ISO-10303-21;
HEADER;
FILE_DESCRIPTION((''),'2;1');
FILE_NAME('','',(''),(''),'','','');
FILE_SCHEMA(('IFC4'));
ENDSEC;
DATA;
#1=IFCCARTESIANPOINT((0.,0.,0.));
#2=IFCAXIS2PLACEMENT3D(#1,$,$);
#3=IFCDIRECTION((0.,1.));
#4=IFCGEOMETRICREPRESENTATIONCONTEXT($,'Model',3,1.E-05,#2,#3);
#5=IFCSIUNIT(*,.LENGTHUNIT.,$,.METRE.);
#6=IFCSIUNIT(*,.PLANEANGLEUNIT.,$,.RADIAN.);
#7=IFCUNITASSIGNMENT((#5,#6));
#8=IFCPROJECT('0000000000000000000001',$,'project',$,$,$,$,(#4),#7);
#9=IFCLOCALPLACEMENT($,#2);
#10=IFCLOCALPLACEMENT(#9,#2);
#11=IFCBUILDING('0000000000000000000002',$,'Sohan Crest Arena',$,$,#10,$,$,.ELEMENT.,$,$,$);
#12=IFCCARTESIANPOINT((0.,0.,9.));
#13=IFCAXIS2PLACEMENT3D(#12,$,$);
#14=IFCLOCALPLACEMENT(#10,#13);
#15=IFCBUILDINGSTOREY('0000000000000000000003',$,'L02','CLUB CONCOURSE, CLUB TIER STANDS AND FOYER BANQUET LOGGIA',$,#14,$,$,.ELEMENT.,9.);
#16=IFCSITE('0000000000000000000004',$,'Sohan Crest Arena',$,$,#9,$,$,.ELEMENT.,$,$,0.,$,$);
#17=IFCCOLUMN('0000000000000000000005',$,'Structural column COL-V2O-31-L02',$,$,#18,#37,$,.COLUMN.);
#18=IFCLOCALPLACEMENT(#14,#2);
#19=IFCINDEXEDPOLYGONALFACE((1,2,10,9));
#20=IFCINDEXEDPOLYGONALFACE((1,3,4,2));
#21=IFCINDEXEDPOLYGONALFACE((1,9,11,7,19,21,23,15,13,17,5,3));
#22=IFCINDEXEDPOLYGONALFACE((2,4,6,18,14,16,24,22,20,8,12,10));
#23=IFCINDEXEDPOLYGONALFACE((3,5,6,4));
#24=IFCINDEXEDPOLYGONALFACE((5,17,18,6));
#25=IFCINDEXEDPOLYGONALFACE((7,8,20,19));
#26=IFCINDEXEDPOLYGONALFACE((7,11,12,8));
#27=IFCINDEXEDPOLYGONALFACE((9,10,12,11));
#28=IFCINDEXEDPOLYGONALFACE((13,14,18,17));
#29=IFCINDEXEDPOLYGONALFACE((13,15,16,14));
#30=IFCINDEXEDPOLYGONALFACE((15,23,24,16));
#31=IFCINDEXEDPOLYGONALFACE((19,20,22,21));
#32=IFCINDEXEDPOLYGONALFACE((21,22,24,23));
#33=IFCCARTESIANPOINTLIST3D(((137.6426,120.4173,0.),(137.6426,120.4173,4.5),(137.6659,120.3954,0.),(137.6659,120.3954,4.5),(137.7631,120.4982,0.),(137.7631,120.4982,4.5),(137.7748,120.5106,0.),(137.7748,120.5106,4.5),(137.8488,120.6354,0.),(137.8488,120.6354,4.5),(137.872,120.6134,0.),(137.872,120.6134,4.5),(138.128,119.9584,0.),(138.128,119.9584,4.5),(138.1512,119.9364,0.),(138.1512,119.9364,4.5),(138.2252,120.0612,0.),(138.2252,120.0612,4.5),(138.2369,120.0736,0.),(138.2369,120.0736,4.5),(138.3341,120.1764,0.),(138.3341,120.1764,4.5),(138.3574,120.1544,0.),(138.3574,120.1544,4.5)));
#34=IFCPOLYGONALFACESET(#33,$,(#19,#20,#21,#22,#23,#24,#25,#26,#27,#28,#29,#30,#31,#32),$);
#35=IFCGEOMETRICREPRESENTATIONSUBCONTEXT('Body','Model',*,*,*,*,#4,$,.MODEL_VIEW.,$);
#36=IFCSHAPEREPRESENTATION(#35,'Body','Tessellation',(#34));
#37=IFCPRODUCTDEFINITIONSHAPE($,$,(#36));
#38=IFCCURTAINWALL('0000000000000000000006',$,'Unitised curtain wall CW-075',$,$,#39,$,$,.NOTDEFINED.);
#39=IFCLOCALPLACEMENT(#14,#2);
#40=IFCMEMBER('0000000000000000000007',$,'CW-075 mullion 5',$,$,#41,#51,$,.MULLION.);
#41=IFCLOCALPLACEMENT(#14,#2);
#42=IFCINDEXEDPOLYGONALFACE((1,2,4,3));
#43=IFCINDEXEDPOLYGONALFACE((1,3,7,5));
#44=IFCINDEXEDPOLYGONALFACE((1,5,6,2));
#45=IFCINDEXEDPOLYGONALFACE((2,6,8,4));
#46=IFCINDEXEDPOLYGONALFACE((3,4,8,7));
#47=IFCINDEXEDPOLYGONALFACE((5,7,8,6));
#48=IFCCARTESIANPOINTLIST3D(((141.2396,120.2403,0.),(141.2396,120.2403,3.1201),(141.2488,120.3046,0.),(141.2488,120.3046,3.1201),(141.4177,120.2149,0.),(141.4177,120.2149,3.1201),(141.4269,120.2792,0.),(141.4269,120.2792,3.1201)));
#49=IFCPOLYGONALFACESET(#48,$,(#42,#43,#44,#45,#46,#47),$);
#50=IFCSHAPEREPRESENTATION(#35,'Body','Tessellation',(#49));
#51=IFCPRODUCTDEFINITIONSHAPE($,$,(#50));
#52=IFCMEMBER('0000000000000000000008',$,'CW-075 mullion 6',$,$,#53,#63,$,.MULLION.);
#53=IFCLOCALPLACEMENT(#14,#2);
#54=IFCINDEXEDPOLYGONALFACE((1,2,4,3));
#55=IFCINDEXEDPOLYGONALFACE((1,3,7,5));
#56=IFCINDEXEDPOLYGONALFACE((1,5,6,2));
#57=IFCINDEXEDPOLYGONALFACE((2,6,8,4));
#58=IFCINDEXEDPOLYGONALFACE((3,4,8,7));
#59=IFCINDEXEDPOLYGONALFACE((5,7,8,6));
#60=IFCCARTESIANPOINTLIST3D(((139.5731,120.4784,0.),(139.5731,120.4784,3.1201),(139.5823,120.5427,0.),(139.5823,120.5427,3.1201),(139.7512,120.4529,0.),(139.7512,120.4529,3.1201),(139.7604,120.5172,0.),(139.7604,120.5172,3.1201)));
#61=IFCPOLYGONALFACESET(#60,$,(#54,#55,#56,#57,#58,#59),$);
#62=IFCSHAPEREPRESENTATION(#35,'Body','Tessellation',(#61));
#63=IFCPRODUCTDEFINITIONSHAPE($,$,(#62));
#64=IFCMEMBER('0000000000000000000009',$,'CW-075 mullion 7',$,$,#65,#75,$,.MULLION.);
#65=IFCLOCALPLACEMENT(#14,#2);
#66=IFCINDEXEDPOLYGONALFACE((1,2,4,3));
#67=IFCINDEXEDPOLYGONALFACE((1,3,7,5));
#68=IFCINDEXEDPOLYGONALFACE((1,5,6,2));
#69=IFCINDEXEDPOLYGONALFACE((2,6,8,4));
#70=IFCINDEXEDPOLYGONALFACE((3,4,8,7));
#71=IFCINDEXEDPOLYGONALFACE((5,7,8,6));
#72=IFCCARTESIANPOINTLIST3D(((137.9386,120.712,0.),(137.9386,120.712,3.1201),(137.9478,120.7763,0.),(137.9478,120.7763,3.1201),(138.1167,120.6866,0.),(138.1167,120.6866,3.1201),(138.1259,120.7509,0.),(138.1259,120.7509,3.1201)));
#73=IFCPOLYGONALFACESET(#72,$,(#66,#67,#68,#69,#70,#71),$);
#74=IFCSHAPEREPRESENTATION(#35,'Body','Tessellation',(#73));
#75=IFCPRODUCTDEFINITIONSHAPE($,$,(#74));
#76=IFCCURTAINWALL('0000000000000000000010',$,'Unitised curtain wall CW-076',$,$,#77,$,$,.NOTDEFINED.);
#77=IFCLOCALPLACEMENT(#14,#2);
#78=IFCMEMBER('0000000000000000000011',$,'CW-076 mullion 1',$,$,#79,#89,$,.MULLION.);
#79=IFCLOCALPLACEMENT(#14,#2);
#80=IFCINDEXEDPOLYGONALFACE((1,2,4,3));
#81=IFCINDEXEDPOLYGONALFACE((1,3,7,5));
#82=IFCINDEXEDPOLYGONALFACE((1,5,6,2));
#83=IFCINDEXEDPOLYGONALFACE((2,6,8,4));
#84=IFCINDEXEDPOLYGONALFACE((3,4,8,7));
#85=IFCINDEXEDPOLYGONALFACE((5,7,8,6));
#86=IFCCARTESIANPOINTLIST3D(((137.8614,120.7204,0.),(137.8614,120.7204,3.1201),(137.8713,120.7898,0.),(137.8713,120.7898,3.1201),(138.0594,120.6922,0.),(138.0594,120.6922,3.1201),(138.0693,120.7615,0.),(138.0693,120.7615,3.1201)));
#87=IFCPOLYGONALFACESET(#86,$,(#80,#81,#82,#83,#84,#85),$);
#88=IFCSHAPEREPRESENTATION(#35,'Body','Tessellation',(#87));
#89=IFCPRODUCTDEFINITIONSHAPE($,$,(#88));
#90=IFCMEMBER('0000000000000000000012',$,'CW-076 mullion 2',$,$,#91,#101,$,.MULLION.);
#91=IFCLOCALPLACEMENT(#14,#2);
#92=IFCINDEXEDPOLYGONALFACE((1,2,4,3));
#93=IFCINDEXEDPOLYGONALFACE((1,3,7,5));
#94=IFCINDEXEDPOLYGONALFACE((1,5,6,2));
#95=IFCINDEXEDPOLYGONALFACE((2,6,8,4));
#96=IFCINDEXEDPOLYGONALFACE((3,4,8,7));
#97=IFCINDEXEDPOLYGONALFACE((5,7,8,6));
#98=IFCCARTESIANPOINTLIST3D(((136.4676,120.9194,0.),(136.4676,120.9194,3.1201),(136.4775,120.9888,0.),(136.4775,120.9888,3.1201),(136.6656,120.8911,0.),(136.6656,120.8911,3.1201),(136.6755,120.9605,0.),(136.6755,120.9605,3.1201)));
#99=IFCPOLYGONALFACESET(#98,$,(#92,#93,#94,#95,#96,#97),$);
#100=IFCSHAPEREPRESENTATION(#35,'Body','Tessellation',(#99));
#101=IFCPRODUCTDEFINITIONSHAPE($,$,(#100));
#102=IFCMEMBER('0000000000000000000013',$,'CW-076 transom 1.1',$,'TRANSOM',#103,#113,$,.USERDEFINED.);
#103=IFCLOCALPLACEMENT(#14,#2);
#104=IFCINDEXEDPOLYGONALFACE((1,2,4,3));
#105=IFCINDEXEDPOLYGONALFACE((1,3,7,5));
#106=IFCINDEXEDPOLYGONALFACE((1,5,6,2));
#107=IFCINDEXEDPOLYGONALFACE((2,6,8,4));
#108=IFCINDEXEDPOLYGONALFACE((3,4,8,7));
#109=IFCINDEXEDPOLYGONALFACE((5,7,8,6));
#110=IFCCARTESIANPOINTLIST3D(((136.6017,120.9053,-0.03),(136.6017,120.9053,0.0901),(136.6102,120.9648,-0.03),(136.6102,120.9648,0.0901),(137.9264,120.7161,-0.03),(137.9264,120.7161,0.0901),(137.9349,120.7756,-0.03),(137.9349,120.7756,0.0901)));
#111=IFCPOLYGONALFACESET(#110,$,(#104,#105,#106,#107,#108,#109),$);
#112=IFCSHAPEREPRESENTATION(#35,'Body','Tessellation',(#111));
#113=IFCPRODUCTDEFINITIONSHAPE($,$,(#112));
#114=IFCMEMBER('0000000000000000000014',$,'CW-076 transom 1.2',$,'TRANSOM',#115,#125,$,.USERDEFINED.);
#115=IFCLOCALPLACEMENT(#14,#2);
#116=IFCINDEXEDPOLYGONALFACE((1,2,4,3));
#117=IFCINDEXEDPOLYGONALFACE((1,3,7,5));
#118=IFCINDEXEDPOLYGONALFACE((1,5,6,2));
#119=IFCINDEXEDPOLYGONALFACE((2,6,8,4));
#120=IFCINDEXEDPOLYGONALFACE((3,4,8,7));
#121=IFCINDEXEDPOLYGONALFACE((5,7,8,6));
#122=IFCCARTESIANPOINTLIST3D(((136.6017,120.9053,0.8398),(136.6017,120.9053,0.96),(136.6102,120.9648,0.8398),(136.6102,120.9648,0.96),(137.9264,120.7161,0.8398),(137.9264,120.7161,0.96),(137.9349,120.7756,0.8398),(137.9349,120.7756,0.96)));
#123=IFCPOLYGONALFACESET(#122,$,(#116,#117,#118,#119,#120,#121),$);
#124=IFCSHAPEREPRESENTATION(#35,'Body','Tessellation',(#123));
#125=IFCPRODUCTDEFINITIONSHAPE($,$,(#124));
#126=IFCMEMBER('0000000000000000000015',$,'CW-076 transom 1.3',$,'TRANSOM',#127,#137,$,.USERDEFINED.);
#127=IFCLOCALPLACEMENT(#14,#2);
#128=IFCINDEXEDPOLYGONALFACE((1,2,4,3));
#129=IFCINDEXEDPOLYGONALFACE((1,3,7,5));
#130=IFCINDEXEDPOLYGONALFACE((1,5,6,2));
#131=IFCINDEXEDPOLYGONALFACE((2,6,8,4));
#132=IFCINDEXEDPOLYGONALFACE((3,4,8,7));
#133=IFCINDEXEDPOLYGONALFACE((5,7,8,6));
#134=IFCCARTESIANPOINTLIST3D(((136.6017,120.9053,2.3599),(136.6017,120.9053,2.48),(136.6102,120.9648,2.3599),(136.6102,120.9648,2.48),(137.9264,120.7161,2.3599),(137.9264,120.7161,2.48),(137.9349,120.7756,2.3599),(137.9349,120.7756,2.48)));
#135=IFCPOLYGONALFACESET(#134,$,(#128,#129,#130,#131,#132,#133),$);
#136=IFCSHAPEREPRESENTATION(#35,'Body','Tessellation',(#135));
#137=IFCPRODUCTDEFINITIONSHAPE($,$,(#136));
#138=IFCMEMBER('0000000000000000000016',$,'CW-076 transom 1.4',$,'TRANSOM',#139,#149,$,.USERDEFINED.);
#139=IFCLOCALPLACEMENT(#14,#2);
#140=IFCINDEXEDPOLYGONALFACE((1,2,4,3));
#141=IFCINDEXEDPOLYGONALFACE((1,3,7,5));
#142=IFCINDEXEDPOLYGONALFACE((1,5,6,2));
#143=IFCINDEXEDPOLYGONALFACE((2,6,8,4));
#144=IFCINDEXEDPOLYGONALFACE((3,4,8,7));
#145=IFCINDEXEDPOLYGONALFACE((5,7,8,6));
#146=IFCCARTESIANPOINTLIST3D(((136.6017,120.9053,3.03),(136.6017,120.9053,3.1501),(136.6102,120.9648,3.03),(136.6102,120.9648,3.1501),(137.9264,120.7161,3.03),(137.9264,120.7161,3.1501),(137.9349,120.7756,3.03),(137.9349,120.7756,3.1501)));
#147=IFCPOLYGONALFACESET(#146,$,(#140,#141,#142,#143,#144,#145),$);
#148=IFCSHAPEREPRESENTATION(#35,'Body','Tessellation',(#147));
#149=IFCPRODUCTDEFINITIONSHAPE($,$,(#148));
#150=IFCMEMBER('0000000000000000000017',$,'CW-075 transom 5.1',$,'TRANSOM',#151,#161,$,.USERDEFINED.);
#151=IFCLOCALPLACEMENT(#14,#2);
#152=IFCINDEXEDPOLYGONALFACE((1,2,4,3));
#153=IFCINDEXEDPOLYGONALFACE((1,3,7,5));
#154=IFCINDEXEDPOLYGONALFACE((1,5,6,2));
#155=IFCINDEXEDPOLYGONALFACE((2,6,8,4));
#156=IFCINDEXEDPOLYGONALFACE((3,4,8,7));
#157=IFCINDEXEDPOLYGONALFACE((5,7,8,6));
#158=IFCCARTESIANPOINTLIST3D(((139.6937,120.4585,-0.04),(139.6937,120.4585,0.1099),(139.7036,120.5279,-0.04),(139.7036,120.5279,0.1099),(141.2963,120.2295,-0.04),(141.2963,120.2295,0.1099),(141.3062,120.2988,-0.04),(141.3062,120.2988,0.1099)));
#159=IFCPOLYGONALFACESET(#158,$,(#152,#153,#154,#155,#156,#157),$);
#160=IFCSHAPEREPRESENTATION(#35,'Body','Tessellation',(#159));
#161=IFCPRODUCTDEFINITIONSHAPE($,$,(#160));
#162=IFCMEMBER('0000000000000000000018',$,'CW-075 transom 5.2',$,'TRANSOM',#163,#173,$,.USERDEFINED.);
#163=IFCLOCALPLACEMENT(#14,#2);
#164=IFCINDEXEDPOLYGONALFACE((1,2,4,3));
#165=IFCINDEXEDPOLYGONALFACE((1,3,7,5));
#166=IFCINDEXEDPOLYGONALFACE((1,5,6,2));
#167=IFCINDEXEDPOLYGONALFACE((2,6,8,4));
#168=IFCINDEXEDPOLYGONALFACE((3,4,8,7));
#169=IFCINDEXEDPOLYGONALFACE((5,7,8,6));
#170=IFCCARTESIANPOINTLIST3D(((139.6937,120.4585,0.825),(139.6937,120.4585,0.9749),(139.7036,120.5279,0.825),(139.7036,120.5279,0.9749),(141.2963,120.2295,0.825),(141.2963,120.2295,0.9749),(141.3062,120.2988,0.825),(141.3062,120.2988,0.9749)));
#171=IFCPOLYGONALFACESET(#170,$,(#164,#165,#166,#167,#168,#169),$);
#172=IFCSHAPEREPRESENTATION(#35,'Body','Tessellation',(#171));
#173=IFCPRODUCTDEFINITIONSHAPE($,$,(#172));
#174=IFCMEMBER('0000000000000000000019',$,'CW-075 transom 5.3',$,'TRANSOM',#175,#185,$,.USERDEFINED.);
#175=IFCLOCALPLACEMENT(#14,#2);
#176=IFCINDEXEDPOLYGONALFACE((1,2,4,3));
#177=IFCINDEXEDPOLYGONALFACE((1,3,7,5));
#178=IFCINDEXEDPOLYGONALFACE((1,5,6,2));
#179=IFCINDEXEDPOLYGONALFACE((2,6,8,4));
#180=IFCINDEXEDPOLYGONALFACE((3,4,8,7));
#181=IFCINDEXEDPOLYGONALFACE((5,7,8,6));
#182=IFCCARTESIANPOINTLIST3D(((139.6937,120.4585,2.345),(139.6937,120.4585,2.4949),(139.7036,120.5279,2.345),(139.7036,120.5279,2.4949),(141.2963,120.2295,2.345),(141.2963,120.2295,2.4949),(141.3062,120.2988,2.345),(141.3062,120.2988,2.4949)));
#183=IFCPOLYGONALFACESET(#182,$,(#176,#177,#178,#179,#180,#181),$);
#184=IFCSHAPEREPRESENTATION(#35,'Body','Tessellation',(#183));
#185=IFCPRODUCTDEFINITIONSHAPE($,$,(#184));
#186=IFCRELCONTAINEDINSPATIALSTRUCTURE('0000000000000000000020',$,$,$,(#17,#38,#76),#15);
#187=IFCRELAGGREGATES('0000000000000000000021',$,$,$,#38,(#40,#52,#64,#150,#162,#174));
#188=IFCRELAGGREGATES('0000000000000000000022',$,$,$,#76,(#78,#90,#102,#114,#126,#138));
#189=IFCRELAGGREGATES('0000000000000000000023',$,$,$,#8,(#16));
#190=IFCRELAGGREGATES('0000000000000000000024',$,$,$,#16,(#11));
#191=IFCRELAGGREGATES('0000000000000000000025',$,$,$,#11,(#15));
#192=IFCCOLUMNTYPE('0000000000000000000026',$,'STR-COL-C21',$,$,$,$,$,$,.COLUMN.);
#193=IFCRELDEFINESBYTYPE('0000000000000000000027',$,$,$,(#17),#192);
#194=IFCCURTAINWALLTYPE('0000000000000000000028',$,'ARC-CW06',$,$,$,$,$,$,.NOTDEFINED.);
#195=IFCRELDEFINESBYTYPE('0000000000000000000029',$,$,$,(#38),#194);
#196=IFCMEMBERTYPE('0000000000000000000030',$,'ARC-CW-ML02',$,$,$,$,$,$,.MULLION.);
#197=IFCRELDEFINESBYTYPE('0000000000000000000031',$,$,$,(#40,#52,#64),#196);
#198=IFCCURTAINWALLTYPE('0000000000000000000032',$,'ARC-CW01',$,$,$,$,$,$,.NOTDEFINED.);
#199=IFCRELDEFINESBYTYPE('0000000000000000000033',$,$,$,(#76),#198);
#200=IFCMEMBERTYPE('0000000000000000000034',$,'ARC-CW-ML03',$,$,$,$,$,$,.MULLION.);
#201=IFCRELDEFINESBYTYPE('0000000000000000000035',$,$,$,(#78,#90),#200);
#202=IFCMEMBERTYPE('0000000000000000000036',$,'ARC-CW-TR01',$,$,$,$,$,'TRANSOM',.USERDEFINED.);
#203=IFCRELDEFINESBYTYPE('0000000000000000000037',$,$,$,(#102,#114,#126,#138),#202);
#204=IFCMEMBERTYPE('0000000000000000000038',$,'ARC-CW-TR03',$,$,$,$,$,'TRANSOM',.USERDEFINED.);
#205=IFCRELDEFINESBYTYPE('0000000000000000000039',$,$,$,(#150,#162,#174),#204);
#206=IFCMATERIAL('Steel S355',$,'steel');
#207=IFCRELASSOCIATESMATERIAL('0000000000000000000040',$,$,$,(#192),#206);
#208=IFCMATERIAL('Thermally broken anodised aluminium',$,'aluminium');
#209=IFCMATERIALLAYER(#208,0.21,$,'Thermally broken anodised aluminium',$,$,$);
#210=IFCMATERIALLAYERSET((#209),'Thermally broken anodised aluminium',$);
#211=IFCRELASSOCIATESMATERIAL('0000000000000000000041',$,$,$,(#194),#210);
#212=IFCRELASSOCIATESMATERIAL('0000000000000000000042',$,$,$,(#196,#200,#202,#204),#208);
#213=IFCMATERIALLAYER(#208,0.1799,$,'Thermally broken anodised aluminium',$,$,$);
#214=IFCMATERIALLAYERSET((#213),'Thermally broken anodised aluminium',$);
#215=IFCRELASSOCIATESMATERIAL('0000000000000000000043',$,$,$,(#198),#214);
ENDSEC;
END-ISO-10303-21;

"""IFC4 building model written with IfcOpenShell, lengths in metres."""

from ifc_helpers import new_model, si_unit, direction, frame, origin, origin_2d, place, context, subcontext, project, spatial, rectangle, i_section, extrude, material, layer, layer_set, material_profile, profile_set, type_object, element, aggregate, save


model = new_model("IFC4")

# Units and contexts
model_context = context("Model", 3, precision=1e-05, world=origin(), true_north=direction((0.0, 1.0)))
body_context = subcontext(model_context, "Body", "Model", "MODEL_VIEW")
ifc_project = project(units=[si_unit("LENGTHUNIT", "METRE"), si_unit("PLANEANGLEUNIT", "RADIAN")], contexts=[model_context])

# Site, building, storey
site_placement = place(None, origin())
site = spatial("IfcSite", under=ifc_project, at=site_placement, Name="Sohan Crest Arena", CompositionType="ELEMENT", RefElevation=0.0)
building_placement = place(site_placement, origin())
building = spatial("IfcBuilding", under=site, at=building_placement, Name="Sohan Crest Arena", CompositionType="ELEMENT")
storey_placement = place(building_placement, frame((0.0, 0.0, 9.0)))
storey = spatial("IfcBuildingStorey", under=building, at=storey_placement, Name="L02", Description="CLUB CONCOURSE, CLUB TIER STANDS AND FOYER BANQUET LOGGIA", CompositionType="ELEMENT", Elevation=9.0)

# Column
ifc_material_1 = material(Name="Steel S355", Category="steel")
ifc_material_profile_1 = material_profile(ifc_material_1, i_section(OverallWidth=0.3, OverallDepth=0.7, WebThickness=0.0171, FlangeThickness=0.032, at=origin_2d()), Name="HEB 700")
ifc_profile_set_1 = profile_set([ifc_material_profile_1], Name="Steel S355")
column_type = type_object("IfcColumnType", Name="STR-COL-C21", PredefinedType="COLUMN", material=ifc_profile_set_1)
column_placement = place(storey_placement, frame((138.0, 120.2859, 0.0), z_axis=(0.0, 0.0, 1.0), x_axis=(0.687088, 0.726575, 0.0)))
element("IfcColumn", 1, at=column_placement, inside=storey, type_object=column_type, Name="Structural column COL-V2O-31-L02", PredefinedType="COLUMN", context=body_context, shape_type="SweptSolid", body=[
    extrude(i_section(OverallWidth=0.3, OverallDepth=0.7, WebThickness=0.0171, FlangeThickness=0.032, at=origin_2d()), origin(), (0.0, 0.0, 1.0), 4.5),
])

# Curtain walls, members
ifc_material_2 = material(Name="Thermally broken anodised aluminium", Category="aluminium")
ifc_layer_1 = layer(ifc_material_2, 0.21, Name="Thermally broken anodised aluminium")
ifc_layer_set_1 = layer_set([ifc_layer_1], Name="Thermally broken anodised aluminium")
curtain_wall_type_1 = type_object("IfcCurtainWallType", Name="ARC-CW06", PredefinedType="NOTDEFINED", material=ifc_layer_set_1)
curtain_wall_1_placement = place(storey_placement, origin())
curtain_wall_1 = element("IfcCurtainWall", 2, at=curtain_wall_1_placement, inside=storey, type_object=curtain_wall_type_1, Name="Unitised curtain wall CW-075", PredefinedType="NOTDEFINED")
ifc_material_profile_2 = material_profile(ifc_material_2, rectangle(XDim=0.0649, YDim=0.1799, at=origin_2d()), Name="ALU-MULL 65x180")
ifc_profile_set_2 = profile_set([ifc_material_profile_2], Name="Thermally broken anodised aluminium")
member_type_1 = type_object("IfcMemberType", Name="ARC-CW-ML02", PredefinedType="MULLION", material=ifc_profile_set_2)
member_1_placement = place(storey_placement, frame((141.3333, 120.2598, 0.0), z_axis=(0.0, 0.0, 1.0), x_axis=(-0.141463, -0.989944, 0.0)))
member_1 = element("IfcMember", 3, at=member_1_placement, type_object=member_type_1, Name="CW-075 mullion 5", PredefinedType="MULLION", context=body_context, shape_type="SweptSolid", body=[
    extrude(rectangle(XDim=0.0649, YDim=0.1799, at=origin_2d()), origin(), (0.0, 0.0, 1.0), 3.1201),
])
member_2_placement = place(storey_placement, frame((139.6667, 120.4978, 0.0), z_axis=(0.0, 0.0, 1.0), x_axis=(-0.141463, -0.989944, 0.0)))
member_2 = element("IfcMember", 4, at=member_2_placement, type_object=member_type_1, Name="CW-075 mullion 6", PredefinedType="MULLION", context=body_context, shape_type="SweptSolid", body=[
    extrude(rectangle(XDim=0.0649, YDim=0.1799, at=origin_2d()), origin(), (0.0, 0.0, 1.0), 3.1201),
])
member_3_placement = place(storey_placement, frame((138.0322, 120.7314, 0.0), z_axis=(0.0, 0.0, 1.0), x_axis=(-0.141463, -0.989944, 0.0)))
member_3 = element("IfcMember", 5, at=member_3_placement, type_object=member_type_1, Name="CW-075 mullion 7", PredefinedType="MULLION", context=body_context, shape_type="SweptSolid", body=[
    extrude(rectangle(XDim=0.0649, YDim=0.1799, at=origin_2d()), origin(), (0.0, 0.0, 1.0), 3.1201),
])
ifc_layer_2 = layer(ifc_material_2, 0.1799, Name="Thermally broken anodised aluminium")
ifc_layer_set_2 = layer_set([ifc_layer_2], Name="Thermally broken anodised aluminium")
curtain_wall_type_2 = type_object("IfcCurtainWallType", Name="ARC-CW01", PredefinedType="NOTDEFINED", material=ifc_layer_set_2)
curtain_wall_2_placement = place(storey_placement, origin())
curtain_wall_2 = element("IfcCurtainWall", 6, at=curtain_wall_2_placement, inside=storey, type_object=curtain_wall_type_2, Name="Unitised curtain wall CW-076", PredefinedType="NOTDEFINED")
ifc_material_profile_3 = material_profile(ifc_material_2, rectangle(XDim=0.0701, YDim=0.2, at=origin_2d()), Name="ALU-MULL 70x200")
ifc_profile_set_3 = profile_set([ifc_material_profile_3], Name="Thermally broken anodised aluminium")
member_type_2 = type_object("IfcMemberType", Name="ARC-CW-ML03", PredefinedType="MULLION", material=ifc_profile_set_3)
member_4_placement = place(storey_placement, frame((137.9653, 120.741, 0.0), z_axis=(0.0, 0.0, 1.0), x_axis=(-0.141366, -0.989957, 0.0)))
member_4 = element("IfcMember", 7, at=member_4_placement, type_object=member_type_2, Name="CW-076 mullion 1", PredefinedType="MULLION", context=body_context, shape_type="SweptSolid", body=[
    extrude(rectangle(XDim=0.0701, YDim=0.2, at=origin_2d()), origin(), (0.0, 0.0, 1.0), 3.1201),
])
member_5_placement = place(storey_placement, frame((136.5715, 120.9399, 0.0), z_axis=(0.0, 0.0, 1.0), x_axis=(-0.141366, -0.989957, 0.0)))
member_5 = element("IfcMember", 8, at=member_5_placement, type_object=member_type_2, Name="CW-076 mullion 2", PredefinedType="MULLION", context=body_context, shape_type="SweptSolid", body=[
    extrude(rectangle(XDim=0.0701, YDim=0.2, at=origin_2d()), origin(), (0.0, 0.0, 1.0), 3.1201),
])
ifc_material_profile_4 = material_profile(ifc_material_2, rectangle(XDim=0.0601, YDim=0.1201, at=origin_2d()), Name="ALU-TRAN 60x120")
ifc_profile_set_4 = profile_set([ifc_material_profile_4], Name="Thermally broken anodised aluminium")
member_type_3 = type_object("IfcMemberType", Name="ARC-CW-TR01", ElementType="TRANSOM", PredefinedType="USERDEFINED", material=ifc_profile_set_4)
member_6_placement = place(storey_placement, frame((137.9307, 120.7458, 0.03), z_axis=(-0.989953, 0.141396, 0.0), x_axis=(-0.141396, -0.989953, 0.0)))
member_6 = element("IfcMember", 9, at=member_6_placement, type_object=member_type_3, Name="CW-076 transom 1.1", ObjectType="TRANSOM", PredefinedType="USERDEFINED", context=body_context, shape_type="SweptSolid", body=[
    extrude(rectangle(XDim=0.0601, YDim=0.1201, at=origin_2d()), origin(), (0.0, 0.0, 1.0), 1.3381),
])
member_7_placement = place(storey_placement, frame((137.9307, 120.7458, 0.8999), z_axis=(-0.989953, 0.141396, 0.0), x_axis=(-0.141396, -0.989953, 0.0)))
member_7 = element("IfcMember", 10, at=member_7_placement, type_object=member_type_3, Name="CW-076 transom 1.2", ObjectType="TRANSOM", PredefinedType="USERDEFINED", context=body_context, shape_type="SweptSolid", body=[
    extrude(rectangle(XDim=0.0601, YDim=0.1201, at=origin_2d()), origin(), (0.0, 0.0, 1.0), 1.3381),
])
member_8_placement = place(storey_placement, frame((137.9307, 120.7458, 2.4199), z_axis=(-0.989953, 0.141396, 0.0), x_axis=(-0.141396, -0.989953, 0.0)))
member_8 = element("IfcMember", 11, at=member_8_placement, type_object=member_type_3, Name="CW-076 transom 1.3", ObjectType="TRANSOM", PredefinedType="USERDEFINED", context=body_context, shape_type="SweptSolid", body=[
    extrude(rectangle(XDim=0.0601, YDim=0.1201, at=origin_2d()), origin(), (0.0, 0.0, 1.0), 1.3381),
])
member_9_placement = place(storey_placement, frame((137.9307, 120.7458, 3.0901), z_axis=(-0.989953, 0.141396, 0.0), x_axis=(-0.141396, -0.989953, 0.0)))
member_9 = element("IfcMember", 12, at=member_9_placement, type_object=member_type_3, Name="CW-076 transom 1.4", ObjectType="TRANSOM", PredefinedType="USERDEFINED", context=body_context, shape_type="SweptSolid", body=[
    extrude(rectangle(XDim=0.0601, YDim=0.1201, at=origin_2d()), origin(), (0.0, 0.0, 1.0), 1.3381),
])

# Members
ifc_material_profile_5 = material_profile(ifc_material_2, rectangle(XDim=0.0701, YDim=0.1499, at=origin_2d()), Name="ALU-TRAN 70x150")
ifc_profile_set_5 = profile_set([ifc_material_profile_5], Name="Thermally broken anodised aluminium")
member_type_4 = type_object("IfcMemberType", Name="ARC-CW-TR03", ElementType="TRANSOM", PredefinedType="USERDEFINED", material=ifc_profile_set_5)
member_10_placement = place(storey_placement, frame((141.3013, 120.2642, 0.0349), z_axis=(-0.989943, 0.141464, 0.0), x_axis=(-0.141464, -0.989943, 0.0)))
member_10 = element("IfcMember", 13, at=member_10_placement, type_object=member_type_4, Name="CW-075 transom 5.1", ObjectType="TRANSOM", PredefinedType="USERDEFINED", context=body_context, shape_type="SweptSolid", body=[
    extrude(rectangle(XDim=0.0701, YDim=0.1499, at=origin_2d()), origin(), (0.0, 0.0, 1.0), 1.6189),
])
member_11_placement = place(storey_placement, frame((141.3013, 120.2642, 0.8999), z_axis=(-0.989943, 0.141464, 0.0), x_axis=(-0.141464, -0.989943, 0.0)))
member_11 = element("IfcMember", 14, at=member_11_placement, type_object=member_type_4, Name="CW-075 transom 5.2", ObjectType="TRANSOM", PredefinedType="USERDEFINED", context=body_context, shape_type="SweptSolid", body=[
    extrude(rectangle(XDim=0.0701, YDim=0.1499, at=origin_2d()), origin(), (0.0, 0.0, 1.0), 1.6189),
])
member_12_placement = place(storey_placement, frame((141.3013, 120.2642, 2.4199), z_axis=(-0.989943, 0.141464, 0.0), x_axis=(-0.141464, -0.989943, 0.0)))
member_12 = element("IfcMember", 15, at=member_12_placement, type_object=member_type_4, Name="CW-075 transom 5.3", ObjectType="TRANSOM", PredefinedType="USERDEFINED", context=body_context, shape_type="SweptSolid", body=[
    extrude(rectangle(XDim=0.0701, YDim=0.1499, at=origin_2d()), origin(), (0.0, 0.0, 1.0), 1.6189),
])

aggregate(curtain_wall_1, [member_1, member_2, member_3, member_10, member_11, member_12])
aggregate(curtain_wall_2, [member_4, member_5, member_6, member_7, member_8, member_9])

save(model, "model.ifc")
